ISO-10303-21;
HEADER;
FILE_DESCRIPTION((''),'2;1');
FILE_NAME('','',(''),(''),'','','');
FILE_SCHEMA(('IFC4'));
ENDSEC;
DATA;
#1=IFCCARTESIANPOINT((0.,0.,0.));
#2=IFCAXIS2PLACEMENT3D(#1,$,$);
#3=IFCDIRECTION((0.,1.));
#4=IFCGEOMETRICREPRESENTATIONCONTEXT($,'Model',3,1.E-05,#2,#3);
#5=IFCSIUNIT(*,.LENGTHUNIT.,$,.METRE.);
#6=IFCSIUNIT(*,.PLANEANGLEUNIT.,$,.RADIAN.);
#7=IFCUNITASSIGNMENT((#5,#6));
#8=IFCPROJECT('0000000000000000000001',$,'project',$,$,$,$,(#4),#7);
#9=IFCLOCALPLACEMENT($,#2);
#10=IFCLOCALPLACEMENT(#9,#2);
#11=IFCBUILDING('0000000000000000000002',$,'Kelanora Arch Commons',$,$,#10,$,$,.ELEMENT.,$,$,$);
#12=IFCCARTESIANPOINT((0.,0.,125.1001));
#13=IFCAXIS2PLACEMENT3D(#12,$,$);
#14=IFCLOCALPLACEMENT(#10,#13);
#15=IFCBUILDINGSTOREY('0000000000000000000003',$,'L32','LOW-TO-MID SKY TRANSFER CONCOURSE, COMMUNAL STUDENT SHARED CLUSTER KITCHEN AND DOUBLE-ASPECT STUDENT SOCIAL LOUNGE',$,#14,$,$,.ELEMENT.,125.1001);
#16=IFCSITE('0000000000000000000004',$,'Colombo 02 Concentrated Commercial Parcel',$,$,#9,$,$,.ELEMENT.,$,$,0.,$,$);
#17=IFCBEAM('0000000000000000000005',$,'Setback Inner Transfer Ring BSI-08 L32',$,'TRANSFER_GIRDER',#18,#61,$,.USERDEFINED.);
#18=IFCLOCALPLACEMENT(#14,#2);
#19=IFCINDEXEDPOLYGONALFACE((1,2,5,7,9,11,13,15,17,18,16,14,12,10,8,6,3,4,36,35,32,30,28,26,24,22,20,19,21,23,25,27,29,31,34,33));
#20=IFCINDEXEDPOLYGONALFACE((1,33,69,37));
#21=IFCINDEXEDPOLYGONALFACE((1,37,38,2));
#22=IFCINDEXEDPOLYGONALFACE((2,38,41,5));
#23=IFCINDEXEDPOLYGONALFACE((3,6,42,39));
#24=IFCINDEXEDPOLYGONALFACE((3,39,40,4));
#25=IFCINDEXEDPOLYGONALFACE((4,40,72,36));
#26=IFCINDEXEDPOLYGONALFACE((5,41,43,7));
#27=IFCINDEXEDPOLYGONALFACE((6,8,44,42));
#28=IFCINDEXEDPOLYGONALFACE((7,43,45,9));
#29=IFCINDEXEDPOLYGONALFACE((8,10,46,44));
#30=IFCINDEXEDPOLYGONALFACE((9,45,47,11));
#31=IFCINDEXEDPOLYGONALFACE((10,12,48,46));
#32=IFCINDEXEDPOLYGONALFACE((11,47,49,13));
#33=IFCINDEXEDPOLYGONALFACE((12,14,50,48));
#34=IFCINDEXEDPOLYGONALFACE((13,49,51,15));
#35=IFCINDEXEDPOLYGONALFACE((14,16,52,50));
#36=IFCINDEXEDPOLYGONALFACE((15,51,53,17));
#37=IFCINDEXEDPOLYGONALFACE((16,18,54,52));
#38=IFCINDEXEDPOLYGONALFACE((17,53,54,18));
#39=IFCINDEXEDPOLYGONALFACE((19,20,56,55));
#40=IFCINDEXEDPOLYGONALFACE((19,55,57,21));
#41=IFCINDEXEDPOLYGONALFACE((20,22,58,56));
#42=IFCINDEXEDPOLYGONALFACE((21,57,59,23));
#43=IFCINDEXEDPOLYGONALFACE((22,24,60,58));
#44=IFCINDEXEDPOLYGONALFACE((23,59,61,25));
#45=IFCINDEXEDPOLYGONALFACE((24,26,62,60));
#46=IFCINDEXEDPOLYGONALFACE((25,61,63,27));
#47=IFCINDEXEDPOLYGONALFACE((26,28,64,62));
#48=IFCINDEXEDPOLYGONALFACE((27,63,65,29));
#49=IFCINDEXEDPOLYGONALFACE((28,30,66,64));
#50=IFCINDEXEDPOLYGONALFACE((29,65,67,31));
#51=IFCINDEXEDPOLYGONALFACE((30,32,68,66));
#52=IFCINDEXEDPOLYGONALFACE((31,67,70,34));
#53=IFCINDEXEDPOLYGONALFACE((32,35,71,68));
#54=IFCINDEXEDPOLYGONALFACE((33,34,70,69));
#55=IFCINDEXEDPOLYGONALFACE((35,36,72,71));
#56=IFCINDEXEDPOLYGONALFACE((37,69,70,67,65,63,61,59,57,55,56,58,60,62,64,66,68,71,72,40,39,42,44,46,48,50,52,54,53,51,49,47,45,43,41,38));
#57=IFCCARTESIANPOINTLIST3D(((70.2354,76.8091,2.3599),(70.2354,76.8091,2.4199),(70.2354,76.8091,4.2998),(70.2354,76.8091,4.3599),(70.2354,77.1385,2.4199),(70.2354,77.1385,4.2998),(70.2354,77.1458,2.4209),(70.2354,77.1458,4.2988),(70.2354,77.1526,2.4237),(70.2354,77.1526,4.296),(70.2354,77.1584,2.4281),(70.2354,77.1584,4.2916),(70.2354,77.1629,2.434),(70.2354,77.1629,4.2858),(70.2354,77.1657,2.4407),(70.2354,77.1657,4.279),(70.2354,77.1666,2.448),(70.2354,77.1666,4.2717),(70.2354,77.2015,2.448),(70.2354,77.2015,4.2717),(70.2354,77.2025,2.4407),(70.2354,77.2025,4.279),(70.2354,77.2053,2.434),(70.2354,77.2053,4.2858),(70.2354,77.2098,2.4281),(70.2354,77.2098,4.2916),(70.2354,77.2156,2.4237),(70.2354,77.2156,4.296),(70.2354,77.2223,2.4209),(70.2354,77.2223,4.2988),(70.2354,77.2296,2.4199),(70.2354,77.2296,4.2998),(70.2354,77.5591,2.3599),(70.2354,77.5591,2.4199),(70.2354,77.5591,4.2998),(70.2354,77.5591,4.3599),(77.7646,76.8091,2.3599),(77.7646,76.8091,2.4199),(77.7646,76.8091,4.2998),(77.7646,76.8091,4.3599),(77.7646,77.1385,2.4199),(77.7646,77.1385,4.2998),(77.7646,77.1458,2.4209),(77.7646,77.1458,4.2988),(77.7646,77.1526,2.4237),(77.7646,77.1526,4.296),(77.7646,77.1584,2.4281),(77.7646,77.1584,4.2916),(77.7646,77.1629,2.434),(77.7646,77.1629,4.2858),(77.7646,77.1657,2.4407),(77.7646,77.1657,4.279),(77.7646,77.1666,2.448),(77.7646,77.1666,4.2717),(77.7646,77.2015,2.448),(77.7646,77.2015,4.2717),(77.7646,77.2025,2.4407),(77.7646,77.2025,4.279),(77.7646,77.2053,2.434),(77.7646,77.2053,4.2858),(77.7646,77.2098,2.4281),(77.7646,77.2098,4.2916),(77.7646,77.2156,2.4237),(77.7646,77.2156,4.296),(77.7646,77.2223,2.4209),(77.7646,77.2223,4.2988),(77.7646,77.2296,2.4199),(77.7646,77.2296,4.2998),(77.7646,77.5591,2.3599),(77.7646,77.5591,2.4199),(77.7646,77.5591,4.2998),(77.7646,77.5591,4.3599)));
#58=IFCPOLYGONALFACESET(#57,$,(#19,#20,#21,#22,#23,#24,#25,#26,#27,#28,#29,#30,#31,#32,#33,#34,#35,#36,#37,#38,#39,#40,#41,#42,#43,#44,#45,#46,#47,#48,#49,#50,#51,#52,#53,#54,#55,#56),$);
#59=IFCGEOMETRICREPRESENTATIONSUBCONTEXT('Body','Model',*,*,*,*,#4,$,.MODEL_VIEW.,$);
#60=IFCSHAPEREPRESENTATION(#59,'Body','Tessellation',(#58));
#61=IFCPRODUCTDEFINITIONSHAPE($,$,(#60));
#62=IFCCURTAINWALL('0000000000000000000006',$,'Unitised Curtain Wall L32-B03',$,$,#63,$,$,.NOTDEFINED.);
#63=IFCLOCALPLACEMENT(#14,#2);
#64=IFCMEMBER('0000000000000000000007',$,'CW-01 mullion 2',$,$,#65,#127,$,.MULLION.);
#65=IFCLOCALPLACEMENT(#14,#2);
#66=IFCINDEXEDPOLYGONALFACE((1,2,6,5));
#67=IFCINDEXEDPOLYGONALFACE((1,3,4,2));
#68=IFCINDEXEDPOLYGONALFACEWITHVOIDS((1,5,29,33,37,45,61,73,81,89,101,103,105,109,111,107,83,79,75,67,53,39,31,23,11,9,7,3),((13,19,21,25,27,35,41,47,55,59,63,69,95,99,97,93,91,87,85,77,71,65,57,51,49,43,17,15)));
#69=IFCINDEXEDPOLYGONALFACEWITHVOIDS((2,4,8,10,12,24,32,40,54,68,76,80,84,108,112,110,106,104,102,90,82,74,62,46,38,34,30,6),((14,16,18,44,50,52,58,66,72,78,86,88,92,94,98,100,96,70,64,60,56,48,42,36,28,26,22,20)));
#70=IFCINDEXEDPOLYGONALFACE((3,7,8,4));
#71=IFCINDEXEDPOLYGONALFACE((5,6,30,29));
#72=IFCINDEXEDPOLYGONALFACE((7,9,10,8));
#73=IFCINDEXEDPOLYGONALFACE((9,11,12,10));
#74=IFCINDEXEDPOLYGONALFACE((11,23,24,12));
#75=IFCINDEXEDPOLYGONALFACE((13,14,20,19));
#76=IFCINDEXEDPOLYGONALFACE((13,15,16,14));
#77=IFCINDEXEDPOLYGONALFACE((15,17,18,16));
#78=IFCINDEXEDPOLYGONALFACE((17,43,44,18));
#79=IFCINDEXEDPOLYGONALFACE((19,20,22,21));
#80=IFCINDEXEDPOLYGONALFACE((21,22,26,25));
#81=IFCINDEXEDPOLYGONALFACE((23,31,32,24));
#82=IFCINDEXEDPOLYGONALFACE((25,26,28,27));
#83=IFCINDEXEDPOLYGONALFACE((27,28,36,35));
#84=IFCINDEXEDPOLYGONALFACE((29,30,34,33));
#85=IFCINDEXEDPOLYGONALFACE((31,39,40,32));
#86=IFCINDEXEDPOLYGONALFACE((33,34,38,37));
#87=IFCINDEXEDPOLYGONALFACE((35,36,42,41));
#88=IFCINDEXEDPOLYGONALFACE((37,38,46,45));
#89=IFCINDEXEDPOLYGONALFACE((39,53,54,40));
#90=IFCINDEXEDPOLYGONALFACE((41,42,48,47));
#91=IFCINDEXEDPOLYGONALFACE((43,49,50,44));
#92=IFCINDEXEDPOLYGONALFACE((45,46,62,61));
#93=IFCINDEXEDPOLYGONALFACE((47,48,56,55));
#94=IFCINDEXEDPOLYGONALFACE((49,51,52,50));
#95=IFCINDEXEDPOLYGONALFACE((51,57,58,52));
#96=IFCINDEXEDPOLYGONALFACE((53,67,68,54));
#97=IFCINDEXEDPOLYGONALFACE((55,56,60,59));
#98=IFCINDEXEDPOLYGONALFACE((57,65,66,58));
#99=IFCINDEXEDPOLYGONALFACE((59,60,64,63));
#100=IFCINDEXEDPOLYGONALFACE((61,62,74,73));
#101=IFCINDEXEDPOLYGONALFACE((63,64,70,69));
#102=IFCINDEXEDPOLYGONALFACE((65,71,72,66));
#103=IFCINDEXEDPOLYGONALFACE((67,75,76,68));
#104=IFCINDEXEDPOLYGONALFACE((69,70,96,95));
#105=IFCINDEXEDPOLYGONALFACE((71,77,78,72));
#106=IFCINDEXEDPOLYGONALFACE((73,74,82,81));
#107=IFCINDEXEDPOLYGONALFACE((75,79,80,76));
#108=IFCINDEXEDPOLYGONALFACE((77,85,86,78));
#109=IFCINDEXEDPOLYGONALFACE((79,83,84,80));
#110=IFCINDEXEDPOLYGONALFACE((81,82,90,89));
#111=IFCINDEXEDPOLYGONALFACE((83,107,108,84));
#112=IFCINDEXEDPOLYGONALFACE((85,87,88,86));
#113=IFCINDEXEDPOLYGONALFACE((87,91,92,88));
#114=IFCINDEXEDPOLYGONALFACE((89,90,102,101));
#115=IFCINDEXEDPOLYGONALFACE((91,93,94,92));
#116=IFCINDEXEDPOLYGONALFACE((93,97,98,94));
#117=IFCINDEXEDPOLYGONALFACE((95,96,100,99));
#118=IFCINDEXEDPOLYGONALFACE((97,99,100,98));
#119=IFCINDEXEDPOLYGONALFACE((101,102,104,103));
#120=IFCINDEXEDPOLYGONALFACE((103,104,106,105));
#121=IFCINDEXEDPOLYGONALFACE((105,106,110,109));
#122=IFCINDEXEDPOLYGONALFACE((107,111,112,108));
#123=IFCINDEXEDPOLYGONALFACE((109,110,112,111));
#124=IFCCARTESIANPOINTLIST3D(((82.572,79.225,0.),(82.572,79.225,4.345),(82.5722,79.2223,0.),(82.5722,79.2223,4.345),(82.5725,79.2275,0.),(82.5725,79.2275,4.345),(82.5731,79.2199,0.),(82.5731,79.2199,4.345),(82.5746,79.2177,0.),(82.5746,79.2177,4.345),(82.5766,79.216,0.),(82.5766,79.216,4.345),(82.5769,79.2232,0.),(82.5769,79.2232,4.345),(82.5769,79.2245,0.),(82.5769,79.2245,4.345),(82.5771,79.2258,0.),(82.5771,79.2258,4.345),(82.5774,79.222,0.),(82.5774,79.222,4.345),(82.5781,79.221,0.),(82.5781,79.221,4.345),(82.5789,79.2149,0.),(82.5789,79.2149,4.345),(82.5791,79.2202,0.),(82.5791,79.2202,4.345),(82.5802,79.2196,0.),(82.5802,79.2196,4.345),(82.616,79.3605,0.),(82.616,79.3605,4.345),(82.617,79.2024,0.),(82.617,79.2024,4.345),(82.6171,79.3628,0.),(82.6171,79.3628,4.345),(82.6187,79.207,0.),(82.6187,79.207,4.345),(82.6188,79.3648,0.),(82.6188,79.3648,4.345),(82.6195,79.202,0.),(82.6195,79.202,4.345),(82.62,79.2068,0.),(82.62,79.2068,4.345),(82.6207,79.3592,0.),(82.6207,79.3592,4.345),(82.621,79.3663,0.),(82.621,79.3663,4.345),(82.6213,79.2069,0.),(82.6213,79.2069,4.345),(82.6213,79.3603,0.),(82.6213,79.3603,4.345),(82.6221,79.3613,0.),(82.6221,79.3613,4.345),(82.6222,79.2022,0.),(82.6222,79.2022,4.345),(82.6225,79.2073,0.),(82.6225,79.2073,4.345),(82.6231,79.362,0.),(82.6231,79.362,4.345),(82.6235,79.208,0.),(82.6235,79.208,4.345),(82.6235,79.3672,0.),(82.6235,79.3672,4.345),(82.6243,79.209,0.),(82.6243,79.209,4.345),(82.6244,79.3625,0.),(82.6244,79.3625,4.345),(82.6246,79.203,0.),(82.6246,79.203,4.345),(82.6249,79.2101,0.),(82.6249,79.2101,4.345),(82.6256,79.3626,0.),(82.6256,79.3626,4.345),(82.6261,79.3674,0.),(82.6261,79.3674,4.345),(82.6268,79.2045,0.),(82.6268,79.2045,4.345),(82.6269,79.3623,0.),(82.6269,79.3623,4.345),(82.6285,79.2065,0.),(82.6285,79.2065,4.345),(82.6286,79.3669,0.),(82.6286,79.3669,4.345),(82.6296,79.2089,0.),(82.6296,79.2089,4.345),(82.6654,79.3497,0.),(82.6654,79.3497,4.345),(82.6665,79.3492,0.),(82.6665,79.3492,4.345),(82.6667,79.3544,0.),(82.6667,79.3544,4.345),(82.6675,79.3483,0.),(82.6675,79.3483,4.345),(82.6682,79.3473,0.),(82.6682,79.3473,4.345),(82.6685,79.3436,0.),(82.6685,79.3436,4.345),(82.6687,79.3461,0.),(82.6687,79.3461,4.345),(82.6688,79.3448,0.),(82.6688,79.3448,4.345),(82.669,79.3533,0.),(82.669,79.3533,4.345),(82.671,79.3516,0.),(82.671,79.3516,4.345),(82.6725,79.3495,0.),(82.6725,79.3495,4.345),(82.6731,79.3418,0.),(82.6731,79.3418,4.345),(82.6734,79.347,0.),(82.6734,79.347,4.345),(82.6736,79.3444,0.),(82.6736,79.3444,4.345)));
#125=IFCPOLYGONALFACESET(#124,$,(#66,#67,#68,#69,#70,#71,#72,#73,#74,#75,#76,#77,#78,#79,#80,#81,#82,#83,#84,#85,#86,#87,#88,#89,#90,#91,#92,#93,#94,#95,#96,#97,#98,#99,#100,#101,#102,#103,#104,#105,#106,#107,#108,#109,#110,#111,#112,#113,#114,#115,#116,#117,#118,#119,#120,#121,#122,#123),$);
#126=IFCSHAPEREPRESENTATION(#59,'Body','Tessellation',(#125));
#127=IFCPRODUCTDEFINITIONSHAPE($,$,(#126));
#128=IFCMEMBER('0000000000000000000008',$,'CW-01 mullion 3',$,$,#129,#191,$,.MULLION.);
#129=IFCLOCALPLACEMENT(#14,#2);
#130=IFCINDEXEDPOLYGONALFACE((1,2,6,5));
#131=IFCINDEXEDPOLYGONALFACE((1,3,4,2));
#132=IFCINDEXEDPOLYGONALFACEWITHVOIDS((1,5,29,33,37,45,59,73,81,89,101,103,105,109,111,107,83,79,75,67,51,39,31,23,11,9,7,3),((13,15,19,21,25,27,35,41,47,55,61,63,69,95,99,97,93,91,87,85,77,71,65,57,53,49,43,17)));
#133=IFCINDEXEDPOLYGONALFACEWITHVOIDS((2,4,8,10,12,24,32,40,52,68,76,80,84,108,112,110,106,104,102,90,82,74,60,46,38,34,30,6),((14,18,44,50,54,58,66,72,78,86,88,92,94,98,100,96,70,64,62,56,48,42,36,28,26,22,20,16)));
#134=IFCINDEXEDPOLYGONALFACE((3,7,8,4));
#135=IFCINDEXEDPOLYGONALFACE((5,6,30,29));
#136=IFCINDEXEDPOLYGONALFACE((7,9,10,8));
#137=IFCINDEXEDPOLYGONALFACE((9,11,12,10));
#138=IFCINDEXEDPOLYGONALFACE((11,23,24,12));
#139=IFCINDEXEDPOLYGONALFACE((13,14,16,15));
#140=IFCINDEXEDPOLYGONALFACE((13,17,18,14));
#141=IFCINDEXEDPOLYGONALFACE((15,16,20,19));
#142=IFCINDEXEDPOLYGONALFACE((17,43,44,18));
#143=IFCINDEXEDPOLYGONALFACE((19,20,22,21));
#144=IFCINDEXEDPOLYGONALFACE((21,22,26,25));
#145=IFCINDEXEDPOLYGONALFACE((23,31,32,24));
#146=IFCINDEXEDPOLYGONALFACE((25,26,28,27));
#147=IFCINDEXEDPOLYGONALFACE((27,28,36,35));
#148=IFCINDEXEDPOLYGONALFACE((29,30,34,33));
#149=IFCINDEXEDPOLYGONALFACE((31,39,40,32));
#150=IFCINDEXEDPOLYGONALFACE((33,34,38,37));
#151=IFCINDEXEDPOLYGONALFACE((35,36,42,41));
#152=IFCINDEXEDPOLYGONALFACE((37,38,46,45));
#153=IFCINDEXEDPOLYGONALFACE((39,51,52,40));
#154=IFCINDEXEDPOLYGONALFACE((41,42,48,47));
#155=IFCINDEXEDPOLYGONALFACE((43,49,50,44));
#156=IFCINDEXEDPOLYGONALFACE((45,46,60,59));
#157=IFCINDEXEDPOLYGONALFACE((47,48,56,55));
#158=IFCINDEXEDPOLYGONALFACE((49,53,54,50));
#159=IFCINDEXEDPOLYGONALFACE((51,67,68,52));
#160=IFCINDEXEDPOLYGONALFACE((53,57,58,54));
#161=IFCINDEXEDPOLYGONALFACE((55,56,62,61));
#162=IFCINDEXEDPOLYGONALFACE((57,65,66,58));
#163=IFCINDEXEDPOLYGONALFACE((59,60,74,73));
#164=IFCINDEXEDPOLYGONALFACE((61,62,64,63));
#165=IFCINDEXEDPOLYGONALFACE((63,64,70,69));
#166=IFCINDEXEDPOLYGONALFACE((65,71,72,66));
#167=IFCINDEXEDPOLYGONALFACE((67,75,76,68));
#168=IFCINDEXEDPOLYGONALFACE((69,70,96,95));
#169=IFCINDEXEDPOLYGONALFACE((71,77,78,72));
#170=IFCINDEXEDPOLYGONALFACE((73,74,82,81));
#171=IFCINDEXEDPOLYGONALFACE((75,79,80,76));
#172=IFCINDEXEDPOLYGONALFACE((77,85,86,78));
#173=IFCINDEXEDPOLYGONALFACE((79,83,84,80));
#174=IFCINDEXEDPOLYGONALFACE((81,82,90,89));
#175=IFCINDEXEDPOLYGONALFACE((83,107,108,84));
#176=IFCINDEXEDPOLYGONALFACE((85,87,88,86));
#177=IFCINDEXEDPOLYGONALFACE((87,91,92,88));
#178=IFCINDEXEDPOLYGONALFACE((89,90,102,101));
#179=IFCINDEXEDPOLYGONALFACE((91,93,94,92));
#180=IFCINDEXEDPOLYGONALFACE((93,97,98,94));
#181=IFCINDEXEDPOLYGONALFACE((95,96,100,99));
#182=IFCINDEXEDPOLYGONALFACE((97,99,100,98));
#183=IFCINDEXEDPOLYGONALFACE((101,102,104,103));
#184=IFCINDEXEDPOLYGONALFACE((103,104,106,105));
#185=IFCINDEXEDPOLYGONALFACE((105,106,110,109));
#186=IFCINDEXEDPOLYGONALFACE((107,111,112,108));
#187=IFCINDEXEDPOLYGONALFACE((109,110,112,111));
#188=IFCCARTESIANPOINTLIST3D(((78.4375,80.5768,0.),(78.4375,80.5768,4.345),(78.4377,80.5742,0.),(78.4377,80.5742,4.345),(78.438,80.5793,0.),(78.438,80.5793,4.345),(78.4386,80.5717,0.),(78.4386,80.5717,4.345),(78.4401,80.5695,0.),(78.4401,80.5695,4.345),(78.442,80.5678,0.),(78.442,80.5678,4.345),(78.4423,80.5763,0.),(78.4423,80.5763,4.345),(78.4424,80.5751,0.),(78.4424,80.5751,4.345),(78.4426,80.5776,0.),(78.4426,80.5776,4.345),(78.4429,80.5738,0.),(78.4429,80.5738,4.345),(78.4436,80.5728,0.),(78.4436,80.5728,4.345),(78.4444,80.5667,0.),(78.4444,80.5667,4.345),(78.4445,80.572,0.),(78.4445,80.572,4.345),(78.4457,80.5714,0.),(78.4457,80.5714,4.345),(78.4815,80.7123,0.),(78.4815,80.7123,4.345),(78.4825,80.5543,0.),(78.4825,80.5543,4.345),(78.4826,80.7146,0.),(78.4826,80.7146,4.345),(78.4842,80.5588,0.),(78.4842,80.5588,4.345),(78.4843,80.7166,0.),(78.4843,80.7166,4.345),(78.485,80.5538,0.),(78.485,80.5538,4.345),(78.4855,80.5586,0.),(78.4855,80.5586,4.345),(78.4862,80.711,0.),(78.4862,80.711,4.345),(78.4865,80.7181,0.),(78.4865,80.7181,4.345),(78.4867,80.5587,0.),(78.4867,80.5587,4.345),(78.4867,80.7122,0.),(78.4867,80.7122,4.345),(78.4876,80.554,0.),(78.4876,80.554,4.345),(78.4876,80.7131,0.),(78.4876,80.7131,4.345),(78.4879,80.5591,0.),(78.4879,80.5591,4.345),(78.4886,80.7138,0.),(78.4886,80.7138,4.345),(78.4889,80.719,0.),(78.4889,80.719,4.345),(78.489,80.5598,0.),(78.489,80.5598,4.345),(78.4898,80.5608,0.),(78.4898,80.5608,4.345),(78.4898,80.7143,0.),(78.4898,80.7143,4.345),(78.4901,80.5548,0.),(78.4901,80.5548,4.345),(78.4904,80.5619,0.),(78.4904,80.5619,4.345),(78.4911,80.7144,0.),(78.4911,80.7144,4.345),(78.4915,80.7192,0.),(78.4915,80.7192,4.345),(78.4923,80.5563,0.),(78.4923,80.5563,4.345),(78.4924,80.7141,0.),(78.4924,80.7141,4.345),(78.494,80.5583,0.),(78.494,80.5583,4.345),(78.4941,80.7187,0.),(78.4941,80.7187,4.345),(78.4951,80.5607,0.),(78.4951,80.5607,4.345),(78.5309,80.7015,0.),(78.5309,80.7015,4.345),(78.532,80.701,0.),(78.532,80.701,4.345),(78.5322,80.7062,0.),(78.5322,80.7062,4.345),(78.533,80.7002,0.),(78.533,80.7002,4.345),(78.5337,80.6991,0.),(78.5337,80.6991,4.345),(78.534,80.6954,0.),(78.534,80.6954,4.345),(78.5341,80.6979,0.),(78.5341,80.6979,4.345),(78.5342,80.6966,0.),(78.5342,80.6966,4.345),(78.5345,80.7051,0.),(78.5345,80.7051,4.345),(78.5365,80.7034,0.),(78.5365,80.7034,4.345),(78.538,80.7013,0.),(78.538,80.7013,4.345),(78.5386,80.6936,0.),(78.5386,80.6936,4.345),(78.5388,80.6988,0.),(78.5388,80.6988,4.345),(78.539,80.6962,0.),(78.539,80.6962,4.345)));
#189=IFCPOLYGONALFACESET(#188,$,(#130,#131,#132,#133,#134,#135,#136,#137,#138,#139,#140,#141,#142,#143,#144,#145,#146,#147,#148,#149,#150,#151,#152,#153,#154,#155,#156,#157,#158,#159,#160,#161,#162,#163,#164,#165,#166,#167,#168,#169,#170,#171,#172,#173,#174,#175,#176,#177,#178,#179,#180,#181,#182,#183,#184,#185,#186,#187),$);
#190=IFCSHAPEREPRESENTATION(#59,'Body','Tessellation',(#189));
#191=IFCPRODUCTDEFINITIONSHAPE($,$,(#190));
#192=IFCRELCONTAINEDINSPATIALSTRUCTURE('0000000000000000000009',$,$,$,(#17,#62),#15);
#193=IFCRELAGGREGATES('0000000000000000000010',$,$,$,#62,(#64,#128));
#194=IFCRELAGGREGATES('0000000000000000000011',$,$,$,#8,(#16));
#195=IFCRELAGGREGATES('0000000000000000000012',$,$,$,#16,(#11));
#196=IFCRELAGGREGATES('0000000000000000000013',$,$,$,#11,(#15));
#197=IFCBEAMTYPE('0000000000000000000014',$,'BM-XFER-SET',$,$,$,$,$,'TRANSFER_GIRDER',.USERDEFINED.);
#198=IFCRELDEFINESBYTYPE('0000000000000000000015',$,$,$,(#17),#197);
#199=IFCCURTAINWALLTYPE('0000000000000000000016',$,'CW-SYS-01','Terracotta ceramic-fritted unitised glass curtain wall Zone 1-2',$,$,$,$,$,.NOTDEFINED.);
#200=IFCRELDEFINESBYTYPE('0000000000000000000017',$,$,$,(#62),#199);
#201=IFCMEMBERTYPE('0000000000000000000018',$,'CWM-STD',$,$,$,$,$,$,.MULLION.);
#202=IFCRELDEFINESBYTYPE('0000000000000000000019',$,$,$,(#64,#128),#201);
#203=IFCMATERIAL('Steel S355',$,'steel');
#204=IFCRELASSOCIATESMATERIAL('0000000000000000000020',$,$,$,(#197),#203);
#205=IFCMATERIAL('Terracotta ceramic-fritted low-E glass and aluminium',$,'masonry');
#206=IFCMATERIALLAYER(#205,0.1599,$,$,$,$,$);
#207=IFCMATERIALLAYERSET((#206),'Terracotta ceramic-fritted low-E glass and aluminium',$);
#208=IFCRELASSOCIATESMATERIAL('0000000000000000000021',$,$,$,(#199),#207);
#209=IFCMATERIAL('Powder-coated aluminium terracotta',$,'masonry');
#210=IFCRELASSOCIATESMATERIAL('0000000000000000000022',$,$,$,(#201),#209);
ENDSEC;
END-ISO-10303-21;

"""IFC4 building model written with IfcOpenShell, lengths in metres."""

from ifc_helpers import new_model, si_unit, direction, frame, origin, origin_2d, place, context, subcontext, project, spatial, hollow_rectangle, i_section, extrude, material, layer, layer_set, material_profile, profile_set, type_object, element, aggregate, save


model = new_model("IFC4")

# Units and contexts
model_context = context("Model", 3, precision=1e-05, world=origin(), true_north=direction((0.0, 1.0)))
body_context = subcontext(model_context, "Body", "Model", "MODEL_VIEW")
ifc_project = project(units=[si_unit("LENGTHUNIT", "METRE"), si_unit("PLANEANGLEUNIT", "RADIAN")], contexts=[model_context])

# Site, building, storey
site_placement = place(None, origin())
site = spatial("IfcSite", under=ifc_project, at=site_placement, Name="Colombo 02 Concentrated Commercial Parcel", CompositionType="ELEMENT", RefElevation=0.0)
building_placement = place(site_placement, origin())
building = spatial("IfcBuilding", under=site, at=building_placement, Name="Kelanora Arch Commons", CompositionType="ELEMENT")
storey_placement = place(building_placement, frame((0.0, 0.0, 125.1001)))
storey = spatial("IfcBuildingStorey", under=building, at=storey_placement, Name="L32", Description="LOW-TO-MID SKY TRANSFER CONCOURSE, COMMUNAL STUDENT SHARED CLUSTER KITCHEN AND DOUBLE-ASPECT STUDENT SOCIAL LOUNGE", CompositionType="ELEMENT", Elevation=125.1001)

# Beam
ifc_material_1 = material(Name="Steel S355", Category="steel")
ifc_material_profile_1 = material_profile(ifc_material_1, i_section(OverallWidth=0.75, OverallDepth=2.0, WebThickness=0.0349, FlangeThickness=0.0601, FilletRadius=0.0281, at=origin_2d()), Name="PG2000x750")
ifc_profile_set_1 = profile_set([ifc_material_profile_1], Name="Steel S355")
beam_type_1 = type_object("IfcBeamType", Name="BM-XFER-SET", ElementType="TRANSFER_GIRDER", PredefinedType="USERDEFINED", material=ifc_profile_set_1)
beam_1_placement = place(storey_placement, frame((77.7646, 77.1841, 3.3599), z_axis=(-1.0, 0.0, 0.0), x_axis=(0.0, -1.0, 0.0)))
element("IfcBeam", 1, at=beam_1_placement, inside=storey, type_object=beam_type_1, Name="Setback Inner Transfer Ring BSI-08 L32", ObjectType="TRANSFER_GIRDER", PredefinedType="USERDEFINED", context=body_context, shape_type="SweptSolid", body=[
    extrude(i_section(OverallWidth=0.75, OverallDepth=2.0, WebThickness=0.0349, FlangeThickness=0.0601, FilletRadius=0.0281, at=origin_2d()), origin(), (0.0, 0.0, 1.0), 7.5293),
])

# Curtain wall, members
ifc_material_2 = material(Name="Terracotta ceramic-fritted low-E glass and aluminium", Category="masonry")
ifc_layer_1 = layer(ifc_material_2, 0.1599)
ifc_layer_set_1 = layer_set([ifc_layer_1], Name="Terracotta ceramic-fritted low-E glass and aluminium")
curtain_wall_type = type_object("IfcCurtainWallType", Name="CW-SYS-01", Description="Terracotta ceramic-fritted unitised glass curtain wall Zone 1-2", PredefinedType="NOTDEFINED", material=ifc_layer_set_1)
curtain_wall_placement = place(storey_placement, origin())
curtain_wall = element("IfcCurtainWall", 2, at=curtain_wall_placement, inside=storey, type_object=curtain_wall_type, Name="Unitised Curtain Wall L32-B03", PredefinedType="NOTDEFINED")
ifc_material_3 = material(Name="Powder-coated aluminium terracotta", Category="masonry")
ifc_material_profile_2 = material_profile(ifc_material_3, hollow_rectangle(XDim=0.1599, YDim=0.0601, WallThickness=0.0049, InnerFilletRadius=0.0049, OuterFilletRadius=0.01, at=origin_2d()), Name="CWM160x60")
ifc_profile_set_2 = profile_set([ifc_material_profile_2], Name="Powder-coated aluminium terracotta")
member_type_1 = type_object("IfcMemberType", Name="CWM-STD", PredefinedType="MULLION", material=ifc_profile_set_2)
member_1_placement = place(storey_placement, frame((82.6228, 79.2847, 0.0), z_axis=(0.0, 0.0, 1.0), x_axis=(-0.310805, -0.950474, 0.0)))
member_1 = element("IfcMember", 3, at=member_1_placement, type_object=member_type_1, Name="CW-01 mullion 2", PredefinedType="MULLION", context=body_context, shape_type="SweptSolid", body=[
    extrude(hollow_rectangle(XDim=0.1599, YDim=0.0601, WallThickness=0.0049, InnerFilletRadius=0.0049, OuterFilletRadius=0.01, at=origin_2d()), origin(), (0.0, 0.0, 1.0), 4.345),
])
member_2_placement = place(storey_placement, frame((78.4883, 80.6365, 0.0), z_axis=(0.0, 0.0, 1.0), x_axis=(-0.310805, -0.950474, 0.0)))
member_2 = element("IfcMember", 4, at=member_2_placement, type_object=member_type_1, Name="CW-01 mullion 3", PredefinedType="MULLION", context=body_context, shape_type="SweptSolid", body=[
    extrude(hollow_rectangle(XDim=0.1599, YDim=0.0601, WallThickness=0.0049, InnerFilletRadius=0.0049, OuterFilletRadius=0.01, at=origin_2d()), origin(), (0.0, 0.0, 1.0), 4.345),
])
aggregate(curtain_wall, [member_1, member_2])

save(model, "model.ifc")
